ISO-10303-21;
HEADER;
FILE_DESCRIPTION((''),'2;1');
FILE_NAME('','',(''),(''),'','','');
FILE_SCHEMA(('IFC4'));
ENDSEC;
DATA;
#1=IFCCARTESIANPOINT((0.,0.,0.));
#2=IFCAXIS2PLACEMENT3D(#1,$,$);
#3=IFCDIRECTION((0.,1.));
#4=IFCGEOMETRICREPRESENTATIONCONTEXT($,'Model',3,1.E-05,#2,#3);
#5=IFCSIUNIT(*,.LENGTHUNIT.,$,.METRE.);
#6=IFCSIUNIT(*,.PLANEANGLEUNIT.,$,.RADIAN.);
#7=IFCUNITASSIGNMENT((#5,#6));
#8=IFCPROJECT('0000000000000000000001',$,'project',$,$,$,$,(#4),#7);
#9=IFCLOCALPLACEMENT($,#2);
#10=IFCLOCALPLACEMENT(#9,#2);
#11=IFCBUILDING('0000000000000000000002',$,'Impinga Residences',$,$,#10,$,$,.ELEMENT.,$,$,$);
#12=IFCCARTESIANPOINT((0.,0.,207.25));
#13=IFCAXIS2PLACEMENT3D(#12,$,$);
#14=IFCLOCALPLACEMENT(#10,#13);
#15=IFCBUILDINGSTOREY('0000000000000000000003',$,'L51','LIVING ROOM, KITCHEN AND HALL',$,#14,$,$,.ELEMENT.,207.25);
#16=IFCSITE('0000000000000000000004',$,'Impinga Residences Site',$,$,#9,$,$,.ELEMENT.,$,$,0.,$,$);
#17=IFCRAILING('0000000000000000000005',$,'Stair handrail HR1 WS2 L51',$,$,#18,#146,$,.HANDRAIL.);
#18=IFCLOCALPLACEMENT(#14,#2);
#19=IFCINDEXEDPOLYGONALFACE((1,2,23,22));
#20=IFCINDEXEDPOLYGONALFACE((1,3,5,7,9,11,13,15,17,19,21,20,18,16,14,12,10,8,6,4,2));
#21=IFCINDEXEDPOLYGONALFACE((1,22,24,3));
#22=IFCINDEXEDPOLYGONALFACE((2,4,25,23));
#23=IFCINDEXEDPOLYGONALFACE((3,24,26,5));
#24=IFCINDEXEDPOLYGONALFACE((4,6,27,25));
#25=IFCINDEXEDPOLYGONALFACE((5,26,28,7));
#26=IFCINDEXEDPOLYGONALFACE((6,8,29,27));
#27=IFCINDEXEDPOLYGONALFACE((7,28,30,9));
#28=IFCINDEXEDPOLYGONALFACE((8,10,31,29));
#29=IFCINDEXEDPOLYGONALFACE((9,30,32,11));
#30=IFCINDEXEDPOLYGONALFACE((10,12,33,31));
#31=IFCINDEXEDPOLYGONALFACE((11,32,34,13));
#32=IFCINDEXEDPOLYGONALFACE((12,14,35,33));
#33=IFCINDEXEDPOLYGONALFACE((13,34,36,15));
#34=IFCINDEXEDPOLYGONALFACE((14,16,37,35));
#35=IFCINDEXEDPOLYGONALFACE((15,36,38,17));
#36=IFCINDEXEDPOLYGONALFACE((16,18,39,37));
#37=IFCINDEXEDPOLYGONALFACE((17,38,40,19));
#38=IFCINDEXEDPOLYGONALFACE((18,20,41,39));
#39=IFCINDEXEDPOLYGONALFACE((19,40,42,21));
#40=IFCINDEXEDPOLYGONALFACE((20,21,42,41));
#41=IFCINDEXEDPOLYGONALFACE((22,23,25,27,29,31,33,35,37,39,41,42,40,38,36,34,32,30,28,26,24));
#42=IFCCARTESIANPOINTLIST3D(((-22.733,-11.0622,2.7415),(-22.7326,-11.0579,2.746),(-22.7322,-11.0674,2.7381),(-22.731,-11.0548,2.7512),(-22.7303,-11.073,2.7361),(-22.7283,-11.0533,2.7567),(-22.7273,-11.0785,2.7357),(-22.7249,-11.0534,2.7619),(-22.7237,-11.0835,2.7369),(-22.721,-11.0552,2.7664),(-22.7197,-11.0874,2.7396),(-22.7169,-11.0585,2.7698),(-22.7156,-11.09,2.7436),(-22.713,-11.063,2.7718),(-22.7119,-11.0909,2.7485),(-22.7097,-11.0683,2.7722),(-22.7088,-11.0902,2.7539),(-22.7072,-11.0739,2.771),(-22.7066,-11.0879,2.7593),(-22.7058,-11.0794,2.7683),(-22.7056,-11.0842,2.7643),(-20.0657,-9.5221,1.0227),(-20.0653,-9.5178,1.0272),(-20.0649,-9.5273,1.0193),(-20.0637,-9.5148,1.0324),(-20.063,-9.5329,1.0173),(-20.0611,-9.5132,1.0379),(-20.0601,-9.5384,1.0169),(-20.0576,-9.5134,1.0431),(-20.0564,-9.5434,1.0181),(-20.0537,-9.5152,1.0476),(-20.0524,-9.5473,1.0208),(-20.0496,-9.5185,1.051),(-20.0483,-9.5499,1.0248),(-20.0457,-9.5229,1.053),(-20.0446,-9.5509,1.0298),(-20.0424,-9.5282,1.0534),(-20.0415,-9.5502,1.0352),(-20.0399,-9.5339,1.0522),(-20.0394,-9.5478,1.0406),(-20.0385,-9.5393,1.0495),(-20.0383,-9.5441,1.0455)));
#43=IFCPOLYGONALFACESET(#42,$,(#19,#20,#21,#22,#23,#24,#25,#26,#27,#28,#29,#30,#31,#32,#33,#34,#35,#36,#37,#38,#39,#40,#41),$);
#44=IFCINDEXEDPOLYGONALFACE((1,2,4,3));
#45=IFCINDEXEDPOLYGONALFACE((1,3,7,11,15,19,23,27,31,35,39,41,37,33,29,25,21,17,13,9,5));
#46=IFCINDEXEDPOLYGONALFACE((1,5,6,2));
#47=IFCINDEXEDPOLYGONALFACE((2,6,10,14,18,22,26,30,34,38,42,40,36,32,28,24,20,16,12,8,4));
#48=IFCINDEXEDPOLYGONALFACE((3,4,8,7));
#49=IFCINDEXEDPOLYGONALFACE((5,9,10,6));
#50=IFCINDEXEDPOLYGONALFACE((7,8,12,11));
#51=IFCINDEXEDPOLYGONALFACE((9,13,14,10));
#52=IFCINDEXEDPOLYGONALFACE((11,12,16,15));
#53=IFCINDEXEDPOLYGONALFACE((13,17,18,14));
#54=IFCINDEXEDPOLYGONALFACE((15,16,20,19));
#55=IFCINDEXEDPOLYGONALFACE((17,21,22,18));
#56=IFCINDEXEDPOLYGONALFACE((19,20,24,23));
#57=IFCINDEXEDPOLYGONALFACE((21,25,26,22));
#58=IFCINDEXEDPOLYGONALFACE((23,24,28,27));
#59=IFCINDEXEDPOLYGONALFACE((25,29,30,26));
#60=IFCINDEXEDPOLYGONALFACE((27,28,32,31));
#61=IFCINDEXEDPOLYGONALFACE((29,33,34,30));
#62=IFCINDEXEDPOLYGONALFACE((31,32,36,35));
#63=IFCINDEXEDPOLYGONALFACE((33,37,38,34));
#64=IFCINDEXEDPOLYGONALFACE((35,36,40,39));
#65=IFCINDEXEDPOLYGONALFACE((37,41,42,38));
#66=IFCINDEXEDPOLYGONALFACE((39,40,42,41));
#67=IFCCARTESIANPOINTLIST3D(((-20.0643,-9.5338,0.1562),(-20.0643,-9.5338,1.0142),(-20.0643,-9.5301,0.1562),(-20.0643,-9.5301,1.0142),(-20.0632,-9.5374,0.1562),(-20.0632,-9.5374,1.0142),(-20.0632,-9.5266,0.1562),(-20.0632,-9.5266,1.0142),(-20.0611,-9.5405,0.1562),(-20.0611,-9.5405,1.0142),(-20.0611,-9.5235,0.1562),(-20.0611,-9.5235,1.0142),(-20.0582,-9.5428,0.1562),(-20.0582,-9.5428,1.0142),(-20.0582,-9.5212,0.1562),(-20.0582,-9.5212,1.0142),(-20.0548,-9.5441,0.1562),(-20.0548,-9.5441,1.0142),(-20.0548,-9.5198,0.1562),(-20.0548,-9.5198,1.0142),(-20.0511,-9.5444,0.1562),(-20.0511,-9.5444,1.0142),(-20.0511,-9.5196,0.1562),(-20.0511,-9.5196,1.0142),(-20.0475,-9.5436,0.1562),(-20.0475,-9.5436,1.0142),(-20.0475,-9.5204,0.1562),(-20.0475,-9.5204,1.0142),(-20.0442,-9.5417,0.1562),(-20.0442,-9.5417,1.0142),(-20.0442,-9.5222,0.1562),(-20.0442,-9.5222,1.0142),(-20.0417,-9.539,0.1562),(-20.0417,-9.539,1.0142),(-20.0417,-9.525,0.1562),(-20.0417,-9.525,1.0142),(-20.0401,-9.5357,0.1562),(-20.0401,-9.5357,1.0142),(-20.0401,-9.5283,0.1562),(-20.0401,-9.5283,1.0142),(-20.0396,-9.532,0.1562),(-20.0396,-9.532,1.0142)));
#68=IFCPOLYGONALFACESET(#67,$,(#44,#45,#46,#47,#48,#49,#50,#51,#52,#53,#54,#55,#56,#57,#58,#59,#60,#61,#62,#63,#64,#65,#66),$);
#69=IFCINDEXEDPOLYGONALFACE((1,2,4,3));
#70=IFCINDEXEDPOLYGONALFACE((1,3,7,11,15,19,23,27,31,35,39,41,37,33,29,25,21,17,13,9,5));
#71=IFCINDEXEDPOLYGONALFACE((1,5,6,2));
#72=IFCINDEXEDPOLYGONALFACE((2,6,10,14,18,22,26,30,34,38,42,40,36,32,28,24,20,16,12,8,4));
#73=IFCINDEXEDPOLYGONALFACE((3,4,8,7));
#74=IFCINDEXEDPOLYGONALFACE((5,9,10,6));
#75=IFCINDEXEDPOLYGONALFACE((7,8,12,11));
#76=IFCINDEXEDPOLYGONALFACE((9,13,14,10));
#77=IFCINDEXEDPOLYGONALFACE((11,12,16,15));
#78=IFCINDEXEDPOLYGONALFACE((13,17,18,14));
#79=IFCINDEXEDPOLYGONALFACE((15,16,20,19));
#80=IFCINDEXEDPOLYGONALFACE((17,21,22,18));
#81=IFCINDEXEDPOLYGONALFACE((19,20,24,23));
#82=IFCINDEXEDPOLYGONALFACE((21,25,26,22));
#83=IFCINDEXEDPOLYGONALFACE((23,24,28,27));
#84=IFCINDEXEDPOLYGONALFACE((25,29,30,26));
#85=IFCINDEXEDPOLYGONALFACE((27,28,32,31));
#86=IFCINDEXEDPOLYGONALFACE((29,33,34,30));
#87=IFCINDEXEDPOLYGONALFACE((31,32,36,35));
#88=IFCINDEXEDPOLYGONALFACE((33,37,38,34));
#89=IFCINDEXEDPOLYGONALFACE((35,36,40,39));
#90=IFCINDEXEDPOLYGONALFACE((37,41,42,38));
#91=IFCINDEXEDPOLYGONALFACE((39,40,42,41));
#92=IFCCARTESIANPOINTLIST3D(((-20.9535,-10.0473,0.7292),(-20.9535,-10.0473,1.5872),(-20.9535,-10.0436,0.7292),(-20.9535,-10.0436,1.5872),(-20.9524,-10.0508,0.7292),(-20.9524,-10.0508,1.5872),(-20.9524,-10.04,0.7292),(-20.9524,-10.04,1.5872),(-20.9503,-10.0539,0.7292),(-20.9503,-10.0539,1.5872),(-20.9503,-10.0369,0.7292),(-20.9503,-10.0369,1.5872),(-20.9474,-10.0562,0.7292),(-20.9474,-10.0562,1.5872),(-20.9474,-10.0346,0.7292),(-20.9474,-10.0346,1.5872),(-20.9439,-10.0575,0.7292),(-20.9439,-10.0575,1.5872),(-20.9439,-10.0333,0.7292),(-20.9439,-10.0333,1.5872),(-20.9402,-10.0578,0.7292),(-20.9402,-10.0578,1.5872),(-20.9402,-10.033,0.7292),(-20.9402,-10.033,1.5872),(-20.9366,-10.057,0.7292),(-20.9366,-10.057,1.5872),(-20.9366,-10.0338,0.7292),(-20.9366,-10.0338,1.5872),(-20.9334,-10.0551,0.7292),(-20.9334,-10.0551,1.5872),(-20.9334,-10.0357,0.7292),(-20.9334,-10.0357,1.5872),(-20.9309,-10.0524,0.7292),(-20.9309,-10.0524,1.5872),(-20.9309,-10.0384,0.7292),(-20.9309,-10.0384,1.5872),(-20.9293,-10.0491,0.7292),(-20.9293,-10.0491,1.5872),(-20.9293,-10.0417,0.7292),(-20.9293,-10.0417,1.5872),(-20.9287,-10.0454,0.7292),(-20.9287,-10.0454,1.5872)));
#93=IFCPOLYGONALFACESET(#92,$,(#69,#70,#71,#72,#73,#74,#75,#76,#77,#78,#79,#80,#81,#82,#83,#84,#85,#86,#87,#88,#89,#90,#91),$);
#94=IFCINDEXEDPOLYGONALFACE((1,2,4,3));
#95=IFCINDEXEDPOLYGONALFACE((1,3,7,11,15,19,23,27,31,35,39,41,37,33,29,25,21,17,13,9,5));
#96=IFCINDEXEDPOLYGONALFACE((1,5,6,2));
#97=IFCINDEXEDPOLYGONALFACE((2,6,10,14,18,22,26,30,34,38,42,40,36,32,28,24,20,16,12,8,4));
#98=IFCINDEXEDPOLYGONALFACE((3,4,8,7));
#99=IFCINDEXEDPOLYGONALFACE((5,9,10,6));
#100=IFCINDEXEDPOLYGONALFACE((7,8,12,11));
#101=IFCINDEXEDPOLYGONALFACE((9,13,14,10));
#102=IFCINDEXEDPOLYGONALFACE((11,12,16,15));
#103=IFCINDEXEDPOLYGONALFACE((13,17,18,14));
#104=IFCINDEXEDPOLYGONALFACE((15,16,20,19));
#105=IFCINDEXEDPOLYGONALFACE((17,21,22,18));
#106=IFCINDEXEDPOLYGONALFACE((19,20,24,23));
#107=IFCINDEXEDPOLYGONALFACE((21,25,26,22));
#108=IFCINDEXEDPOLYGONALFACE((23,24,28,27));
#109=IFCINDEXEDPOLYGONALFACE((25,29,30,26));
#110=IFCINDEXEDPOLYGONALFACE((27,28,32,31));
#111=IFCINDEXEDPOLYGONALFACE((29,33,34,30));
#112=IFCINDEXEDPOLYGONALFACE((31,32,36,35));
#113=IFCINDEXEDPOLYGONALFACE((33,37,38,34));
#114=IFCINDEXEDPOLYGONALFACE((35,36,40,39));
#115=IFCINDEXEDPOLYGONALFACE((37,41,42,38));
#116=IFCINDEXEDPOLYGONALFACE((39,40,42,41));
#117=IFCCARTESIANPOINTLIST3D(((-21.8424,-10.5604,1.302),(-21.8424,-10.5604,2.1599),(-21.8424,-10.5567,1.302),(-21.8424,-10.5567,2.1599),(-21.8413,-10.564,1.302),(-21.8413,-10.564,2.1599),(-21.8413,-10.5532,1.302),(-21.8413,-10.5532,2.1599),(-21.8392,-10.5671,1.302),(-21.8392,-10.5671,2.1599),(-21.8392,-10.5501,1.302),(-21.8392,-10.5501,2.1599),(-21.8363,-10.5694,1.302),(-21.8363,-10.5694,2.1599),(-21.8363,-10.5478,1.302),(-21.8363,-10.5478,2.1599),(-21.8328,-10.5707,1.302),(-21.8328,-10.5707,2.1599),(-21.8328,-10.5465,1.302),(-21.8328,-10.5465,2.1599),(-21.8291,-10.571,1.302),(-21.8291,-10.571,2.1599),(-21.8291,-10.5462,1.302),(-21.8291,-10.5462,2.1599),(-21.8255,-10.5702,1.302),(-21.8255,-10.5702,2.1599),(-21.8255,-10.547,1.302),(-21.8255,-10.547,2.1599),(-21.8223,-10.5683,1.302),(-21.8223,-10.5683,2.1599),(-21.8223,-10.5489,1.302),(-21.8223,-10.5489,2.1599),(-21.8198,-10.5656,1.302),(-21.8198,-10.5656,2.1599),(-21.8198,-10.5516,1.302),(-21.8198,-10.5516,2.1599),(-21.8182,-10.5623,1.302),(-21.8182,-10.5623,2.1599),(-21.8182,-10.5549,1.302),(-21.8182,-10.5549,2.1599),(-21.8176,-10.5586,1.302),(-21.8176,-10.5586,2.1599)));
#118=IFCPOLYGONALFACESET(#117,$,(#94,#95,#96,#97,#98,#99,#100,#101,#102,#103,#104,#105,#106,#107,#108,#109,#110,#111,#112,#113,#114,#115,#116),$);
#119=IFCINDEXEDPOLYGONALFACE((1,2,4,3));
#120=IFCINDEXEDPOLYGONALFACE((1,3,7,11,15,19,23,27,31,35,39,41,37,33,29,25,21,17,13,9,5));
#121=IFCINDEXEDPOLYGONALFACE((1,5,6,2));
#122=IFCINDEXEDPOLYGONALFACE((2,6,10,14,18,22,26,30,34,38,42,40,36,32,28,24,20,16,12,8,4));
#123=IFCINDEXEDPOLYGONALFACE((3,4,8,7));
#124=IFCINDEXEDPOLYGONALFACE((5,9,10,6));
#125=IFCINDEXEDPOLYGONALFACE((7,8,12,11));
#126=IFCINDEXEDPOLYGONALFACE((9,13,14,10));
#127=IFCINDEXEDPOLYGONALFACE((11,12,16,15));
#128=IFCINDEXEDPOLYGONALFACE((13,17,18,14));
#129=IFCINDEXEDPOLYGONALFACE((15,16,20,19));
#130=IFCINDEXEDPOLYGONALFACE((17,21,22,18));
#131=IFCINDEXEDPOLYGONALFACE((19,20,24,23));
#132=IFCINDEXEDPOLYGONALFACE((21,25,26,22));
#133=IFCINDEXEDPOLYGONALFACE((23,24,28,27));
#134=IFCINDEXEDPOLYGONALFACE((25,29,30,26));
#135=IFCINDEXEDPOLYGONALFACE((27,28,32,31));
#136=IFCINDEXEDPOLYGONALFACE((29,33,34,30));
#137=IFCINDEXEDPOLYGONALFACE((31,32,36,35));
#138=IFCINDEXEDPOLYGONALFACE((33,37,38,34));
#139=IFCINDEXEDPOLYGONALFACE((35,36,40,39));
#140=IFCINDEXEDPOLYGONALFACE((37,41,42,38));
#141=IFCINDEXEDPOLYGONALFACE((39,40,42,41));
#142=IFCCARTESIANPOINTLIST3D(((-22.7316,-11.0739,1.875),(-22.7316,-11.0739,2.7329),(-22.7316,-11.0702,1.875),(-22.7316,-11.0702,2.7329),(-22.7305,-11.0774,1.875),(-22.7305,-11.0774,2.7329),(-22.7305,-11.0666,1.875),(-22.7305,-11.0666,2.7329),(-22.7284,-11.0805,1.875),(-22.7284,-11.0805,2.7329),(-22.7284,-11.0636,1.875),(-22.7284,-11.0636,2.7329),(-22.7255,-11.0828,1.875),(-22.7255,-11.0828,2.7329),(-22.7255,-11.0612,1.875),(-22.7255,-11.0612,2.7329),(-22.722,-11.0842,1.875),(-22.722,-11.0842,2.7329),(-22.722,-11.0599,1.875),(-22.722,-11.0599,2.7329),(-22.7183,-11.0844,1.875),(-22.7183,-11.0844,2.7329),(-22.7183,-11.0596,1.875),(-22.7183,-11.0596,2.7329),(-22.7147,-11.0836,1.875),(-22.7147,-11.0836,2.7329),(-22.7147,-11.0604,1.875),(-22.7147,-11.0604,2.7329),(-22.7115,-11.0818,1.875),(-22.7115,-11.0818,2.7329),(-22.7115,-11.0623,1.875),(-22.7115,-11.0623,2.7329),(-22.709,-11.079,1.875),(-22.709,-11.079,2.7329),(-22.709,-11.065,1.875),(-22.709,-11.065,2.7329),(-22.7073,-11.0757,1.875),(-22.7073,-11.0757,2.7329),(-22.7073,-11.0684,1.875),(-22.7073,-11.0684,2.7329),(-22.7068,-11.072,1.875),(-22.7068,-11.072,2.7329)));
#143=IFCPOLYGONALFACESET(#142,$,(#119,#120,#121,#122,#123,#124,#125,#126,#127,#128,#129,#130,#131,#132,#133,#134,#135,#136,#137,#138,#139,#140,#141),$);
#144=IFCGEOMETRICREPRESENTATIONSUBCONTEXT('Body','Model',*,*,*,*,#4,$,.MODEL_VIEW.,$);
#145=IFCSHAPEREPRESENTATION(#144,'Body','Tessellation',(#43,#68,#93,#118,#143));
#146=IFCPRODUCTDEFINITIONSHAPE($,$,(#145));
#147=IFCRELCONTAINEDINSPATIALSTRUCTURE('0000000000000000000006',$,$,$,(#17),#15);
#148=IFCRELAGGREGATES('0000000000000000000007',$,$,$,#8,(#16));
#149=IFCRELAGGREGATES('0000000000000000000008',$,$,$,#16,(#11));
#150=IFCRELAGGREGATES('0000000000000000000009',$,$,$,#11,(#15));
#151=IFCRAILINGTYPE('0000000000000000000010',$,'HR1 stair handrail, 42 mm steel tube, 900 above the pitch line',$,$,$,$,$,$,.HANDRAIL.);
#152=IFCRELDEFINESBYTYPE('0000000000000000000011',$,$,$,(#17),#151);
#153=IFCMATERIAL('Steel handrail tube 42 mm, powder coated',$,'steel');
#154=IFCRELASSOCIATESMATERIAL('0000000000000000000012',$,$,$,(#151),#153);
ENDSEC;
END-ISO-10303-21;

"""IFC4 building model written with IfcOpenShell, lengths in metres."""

from ifc_helpers import new_model, si_unit, direction, frame, origin, origin_2d, place, context, subcontext, project, spatial, circle, extrude, material, type_object, element, save


model = new_model("IFC4")

# Units and contexts
model_context = context("Model", 3, precision=1e-05, world=origin(), true_north=direction((0.0, 1.0)))
body_context = subcontext(model_context, "Body", "Model", "MODEL_VIEW")
ifc_project = project(units=[si_unit("LENGTHUNIT", "METRE"), si_unit("PLANEANGLEUNIT", "RADIAN")], contexts=[model_context])

# Site, building, storey
site_placement = place(None, origin())
site = spatial("IfcSite", under=ifc_project, at=site_placement, Name="Impinga Residences Site", CompositionType="ELEMENT", RefElevation=0.0)
building_placement = place(site_placement, origin())
building = spatial("IfcBuilding", under=site, at=building_placement, Name="Impinga Residences", CompositionType="ELEMENT")
storey_placement = place(building_placement, frame((0.0, 0.0, 207.25)))
storey = spatial("IfcBuildingStorey", under=building, at=storey_placement, Name="L51", Description="LIVING ROOM, KITCHEN AND HALL", CompositionType="ELEMENT", Elevation=207.25)

# Railing
ifc_material_1 = material(Name="Steel handrail tube 42 mm, powder coated", Category="steel")
railing_type_1 = type_object("IfcRailingType", Name="HR1 stair handrail, 42 mm steel tube, 900 above the pitch line", PredefinedType="HANDRAIL", material=ifc_material_1)
railing_1_placement = place(storey_placement, frame((-20.052, -9.532, 0.1562)))
element("IfcRailing", 1, at=railing_1_placement, inside=storey, type_object=railing_type_1, Name="Stair handrail HR1 WS2 L51", PredefinedType="HANDRAIL", context=body_context, shape_type="SweptSolid", body=[
    extrude(circle(Radius=0.021, at=origin_2d()), frame((0.0, 0.0, 0.8789), z_axis=(-0.756226, -0.436639, 0.487307), x_axis=(0.500027, -0.86601, 0.0)), (0.0, 0.0, 1.0), 3.5271),
    extrude(circle(Radius=0.0125, at=origin_2d()), origin(), (0.0, 0.0, 1.0), 0.8579),
    extrude(circle(Radius=0.0125, at=origin_2d()), frame((-0.8892, -0.5134, 0.573)), (0.0, 0.0, 1.0), 0.8579),
    extrude(circle(Radius=0.0125, at=origin_2d()), frame((-1.7781, -1.0266, 1.1458)), (0.0, 0.0, 1.0), 0.8579),
    extrude(circle(Radius=0.0125, at=origin_2d()), frame((-2.6672, -1.54, 1.7188)), (0.0, 0.0, 1.0), 0.8579),
])

save(model, "model.ifc")
